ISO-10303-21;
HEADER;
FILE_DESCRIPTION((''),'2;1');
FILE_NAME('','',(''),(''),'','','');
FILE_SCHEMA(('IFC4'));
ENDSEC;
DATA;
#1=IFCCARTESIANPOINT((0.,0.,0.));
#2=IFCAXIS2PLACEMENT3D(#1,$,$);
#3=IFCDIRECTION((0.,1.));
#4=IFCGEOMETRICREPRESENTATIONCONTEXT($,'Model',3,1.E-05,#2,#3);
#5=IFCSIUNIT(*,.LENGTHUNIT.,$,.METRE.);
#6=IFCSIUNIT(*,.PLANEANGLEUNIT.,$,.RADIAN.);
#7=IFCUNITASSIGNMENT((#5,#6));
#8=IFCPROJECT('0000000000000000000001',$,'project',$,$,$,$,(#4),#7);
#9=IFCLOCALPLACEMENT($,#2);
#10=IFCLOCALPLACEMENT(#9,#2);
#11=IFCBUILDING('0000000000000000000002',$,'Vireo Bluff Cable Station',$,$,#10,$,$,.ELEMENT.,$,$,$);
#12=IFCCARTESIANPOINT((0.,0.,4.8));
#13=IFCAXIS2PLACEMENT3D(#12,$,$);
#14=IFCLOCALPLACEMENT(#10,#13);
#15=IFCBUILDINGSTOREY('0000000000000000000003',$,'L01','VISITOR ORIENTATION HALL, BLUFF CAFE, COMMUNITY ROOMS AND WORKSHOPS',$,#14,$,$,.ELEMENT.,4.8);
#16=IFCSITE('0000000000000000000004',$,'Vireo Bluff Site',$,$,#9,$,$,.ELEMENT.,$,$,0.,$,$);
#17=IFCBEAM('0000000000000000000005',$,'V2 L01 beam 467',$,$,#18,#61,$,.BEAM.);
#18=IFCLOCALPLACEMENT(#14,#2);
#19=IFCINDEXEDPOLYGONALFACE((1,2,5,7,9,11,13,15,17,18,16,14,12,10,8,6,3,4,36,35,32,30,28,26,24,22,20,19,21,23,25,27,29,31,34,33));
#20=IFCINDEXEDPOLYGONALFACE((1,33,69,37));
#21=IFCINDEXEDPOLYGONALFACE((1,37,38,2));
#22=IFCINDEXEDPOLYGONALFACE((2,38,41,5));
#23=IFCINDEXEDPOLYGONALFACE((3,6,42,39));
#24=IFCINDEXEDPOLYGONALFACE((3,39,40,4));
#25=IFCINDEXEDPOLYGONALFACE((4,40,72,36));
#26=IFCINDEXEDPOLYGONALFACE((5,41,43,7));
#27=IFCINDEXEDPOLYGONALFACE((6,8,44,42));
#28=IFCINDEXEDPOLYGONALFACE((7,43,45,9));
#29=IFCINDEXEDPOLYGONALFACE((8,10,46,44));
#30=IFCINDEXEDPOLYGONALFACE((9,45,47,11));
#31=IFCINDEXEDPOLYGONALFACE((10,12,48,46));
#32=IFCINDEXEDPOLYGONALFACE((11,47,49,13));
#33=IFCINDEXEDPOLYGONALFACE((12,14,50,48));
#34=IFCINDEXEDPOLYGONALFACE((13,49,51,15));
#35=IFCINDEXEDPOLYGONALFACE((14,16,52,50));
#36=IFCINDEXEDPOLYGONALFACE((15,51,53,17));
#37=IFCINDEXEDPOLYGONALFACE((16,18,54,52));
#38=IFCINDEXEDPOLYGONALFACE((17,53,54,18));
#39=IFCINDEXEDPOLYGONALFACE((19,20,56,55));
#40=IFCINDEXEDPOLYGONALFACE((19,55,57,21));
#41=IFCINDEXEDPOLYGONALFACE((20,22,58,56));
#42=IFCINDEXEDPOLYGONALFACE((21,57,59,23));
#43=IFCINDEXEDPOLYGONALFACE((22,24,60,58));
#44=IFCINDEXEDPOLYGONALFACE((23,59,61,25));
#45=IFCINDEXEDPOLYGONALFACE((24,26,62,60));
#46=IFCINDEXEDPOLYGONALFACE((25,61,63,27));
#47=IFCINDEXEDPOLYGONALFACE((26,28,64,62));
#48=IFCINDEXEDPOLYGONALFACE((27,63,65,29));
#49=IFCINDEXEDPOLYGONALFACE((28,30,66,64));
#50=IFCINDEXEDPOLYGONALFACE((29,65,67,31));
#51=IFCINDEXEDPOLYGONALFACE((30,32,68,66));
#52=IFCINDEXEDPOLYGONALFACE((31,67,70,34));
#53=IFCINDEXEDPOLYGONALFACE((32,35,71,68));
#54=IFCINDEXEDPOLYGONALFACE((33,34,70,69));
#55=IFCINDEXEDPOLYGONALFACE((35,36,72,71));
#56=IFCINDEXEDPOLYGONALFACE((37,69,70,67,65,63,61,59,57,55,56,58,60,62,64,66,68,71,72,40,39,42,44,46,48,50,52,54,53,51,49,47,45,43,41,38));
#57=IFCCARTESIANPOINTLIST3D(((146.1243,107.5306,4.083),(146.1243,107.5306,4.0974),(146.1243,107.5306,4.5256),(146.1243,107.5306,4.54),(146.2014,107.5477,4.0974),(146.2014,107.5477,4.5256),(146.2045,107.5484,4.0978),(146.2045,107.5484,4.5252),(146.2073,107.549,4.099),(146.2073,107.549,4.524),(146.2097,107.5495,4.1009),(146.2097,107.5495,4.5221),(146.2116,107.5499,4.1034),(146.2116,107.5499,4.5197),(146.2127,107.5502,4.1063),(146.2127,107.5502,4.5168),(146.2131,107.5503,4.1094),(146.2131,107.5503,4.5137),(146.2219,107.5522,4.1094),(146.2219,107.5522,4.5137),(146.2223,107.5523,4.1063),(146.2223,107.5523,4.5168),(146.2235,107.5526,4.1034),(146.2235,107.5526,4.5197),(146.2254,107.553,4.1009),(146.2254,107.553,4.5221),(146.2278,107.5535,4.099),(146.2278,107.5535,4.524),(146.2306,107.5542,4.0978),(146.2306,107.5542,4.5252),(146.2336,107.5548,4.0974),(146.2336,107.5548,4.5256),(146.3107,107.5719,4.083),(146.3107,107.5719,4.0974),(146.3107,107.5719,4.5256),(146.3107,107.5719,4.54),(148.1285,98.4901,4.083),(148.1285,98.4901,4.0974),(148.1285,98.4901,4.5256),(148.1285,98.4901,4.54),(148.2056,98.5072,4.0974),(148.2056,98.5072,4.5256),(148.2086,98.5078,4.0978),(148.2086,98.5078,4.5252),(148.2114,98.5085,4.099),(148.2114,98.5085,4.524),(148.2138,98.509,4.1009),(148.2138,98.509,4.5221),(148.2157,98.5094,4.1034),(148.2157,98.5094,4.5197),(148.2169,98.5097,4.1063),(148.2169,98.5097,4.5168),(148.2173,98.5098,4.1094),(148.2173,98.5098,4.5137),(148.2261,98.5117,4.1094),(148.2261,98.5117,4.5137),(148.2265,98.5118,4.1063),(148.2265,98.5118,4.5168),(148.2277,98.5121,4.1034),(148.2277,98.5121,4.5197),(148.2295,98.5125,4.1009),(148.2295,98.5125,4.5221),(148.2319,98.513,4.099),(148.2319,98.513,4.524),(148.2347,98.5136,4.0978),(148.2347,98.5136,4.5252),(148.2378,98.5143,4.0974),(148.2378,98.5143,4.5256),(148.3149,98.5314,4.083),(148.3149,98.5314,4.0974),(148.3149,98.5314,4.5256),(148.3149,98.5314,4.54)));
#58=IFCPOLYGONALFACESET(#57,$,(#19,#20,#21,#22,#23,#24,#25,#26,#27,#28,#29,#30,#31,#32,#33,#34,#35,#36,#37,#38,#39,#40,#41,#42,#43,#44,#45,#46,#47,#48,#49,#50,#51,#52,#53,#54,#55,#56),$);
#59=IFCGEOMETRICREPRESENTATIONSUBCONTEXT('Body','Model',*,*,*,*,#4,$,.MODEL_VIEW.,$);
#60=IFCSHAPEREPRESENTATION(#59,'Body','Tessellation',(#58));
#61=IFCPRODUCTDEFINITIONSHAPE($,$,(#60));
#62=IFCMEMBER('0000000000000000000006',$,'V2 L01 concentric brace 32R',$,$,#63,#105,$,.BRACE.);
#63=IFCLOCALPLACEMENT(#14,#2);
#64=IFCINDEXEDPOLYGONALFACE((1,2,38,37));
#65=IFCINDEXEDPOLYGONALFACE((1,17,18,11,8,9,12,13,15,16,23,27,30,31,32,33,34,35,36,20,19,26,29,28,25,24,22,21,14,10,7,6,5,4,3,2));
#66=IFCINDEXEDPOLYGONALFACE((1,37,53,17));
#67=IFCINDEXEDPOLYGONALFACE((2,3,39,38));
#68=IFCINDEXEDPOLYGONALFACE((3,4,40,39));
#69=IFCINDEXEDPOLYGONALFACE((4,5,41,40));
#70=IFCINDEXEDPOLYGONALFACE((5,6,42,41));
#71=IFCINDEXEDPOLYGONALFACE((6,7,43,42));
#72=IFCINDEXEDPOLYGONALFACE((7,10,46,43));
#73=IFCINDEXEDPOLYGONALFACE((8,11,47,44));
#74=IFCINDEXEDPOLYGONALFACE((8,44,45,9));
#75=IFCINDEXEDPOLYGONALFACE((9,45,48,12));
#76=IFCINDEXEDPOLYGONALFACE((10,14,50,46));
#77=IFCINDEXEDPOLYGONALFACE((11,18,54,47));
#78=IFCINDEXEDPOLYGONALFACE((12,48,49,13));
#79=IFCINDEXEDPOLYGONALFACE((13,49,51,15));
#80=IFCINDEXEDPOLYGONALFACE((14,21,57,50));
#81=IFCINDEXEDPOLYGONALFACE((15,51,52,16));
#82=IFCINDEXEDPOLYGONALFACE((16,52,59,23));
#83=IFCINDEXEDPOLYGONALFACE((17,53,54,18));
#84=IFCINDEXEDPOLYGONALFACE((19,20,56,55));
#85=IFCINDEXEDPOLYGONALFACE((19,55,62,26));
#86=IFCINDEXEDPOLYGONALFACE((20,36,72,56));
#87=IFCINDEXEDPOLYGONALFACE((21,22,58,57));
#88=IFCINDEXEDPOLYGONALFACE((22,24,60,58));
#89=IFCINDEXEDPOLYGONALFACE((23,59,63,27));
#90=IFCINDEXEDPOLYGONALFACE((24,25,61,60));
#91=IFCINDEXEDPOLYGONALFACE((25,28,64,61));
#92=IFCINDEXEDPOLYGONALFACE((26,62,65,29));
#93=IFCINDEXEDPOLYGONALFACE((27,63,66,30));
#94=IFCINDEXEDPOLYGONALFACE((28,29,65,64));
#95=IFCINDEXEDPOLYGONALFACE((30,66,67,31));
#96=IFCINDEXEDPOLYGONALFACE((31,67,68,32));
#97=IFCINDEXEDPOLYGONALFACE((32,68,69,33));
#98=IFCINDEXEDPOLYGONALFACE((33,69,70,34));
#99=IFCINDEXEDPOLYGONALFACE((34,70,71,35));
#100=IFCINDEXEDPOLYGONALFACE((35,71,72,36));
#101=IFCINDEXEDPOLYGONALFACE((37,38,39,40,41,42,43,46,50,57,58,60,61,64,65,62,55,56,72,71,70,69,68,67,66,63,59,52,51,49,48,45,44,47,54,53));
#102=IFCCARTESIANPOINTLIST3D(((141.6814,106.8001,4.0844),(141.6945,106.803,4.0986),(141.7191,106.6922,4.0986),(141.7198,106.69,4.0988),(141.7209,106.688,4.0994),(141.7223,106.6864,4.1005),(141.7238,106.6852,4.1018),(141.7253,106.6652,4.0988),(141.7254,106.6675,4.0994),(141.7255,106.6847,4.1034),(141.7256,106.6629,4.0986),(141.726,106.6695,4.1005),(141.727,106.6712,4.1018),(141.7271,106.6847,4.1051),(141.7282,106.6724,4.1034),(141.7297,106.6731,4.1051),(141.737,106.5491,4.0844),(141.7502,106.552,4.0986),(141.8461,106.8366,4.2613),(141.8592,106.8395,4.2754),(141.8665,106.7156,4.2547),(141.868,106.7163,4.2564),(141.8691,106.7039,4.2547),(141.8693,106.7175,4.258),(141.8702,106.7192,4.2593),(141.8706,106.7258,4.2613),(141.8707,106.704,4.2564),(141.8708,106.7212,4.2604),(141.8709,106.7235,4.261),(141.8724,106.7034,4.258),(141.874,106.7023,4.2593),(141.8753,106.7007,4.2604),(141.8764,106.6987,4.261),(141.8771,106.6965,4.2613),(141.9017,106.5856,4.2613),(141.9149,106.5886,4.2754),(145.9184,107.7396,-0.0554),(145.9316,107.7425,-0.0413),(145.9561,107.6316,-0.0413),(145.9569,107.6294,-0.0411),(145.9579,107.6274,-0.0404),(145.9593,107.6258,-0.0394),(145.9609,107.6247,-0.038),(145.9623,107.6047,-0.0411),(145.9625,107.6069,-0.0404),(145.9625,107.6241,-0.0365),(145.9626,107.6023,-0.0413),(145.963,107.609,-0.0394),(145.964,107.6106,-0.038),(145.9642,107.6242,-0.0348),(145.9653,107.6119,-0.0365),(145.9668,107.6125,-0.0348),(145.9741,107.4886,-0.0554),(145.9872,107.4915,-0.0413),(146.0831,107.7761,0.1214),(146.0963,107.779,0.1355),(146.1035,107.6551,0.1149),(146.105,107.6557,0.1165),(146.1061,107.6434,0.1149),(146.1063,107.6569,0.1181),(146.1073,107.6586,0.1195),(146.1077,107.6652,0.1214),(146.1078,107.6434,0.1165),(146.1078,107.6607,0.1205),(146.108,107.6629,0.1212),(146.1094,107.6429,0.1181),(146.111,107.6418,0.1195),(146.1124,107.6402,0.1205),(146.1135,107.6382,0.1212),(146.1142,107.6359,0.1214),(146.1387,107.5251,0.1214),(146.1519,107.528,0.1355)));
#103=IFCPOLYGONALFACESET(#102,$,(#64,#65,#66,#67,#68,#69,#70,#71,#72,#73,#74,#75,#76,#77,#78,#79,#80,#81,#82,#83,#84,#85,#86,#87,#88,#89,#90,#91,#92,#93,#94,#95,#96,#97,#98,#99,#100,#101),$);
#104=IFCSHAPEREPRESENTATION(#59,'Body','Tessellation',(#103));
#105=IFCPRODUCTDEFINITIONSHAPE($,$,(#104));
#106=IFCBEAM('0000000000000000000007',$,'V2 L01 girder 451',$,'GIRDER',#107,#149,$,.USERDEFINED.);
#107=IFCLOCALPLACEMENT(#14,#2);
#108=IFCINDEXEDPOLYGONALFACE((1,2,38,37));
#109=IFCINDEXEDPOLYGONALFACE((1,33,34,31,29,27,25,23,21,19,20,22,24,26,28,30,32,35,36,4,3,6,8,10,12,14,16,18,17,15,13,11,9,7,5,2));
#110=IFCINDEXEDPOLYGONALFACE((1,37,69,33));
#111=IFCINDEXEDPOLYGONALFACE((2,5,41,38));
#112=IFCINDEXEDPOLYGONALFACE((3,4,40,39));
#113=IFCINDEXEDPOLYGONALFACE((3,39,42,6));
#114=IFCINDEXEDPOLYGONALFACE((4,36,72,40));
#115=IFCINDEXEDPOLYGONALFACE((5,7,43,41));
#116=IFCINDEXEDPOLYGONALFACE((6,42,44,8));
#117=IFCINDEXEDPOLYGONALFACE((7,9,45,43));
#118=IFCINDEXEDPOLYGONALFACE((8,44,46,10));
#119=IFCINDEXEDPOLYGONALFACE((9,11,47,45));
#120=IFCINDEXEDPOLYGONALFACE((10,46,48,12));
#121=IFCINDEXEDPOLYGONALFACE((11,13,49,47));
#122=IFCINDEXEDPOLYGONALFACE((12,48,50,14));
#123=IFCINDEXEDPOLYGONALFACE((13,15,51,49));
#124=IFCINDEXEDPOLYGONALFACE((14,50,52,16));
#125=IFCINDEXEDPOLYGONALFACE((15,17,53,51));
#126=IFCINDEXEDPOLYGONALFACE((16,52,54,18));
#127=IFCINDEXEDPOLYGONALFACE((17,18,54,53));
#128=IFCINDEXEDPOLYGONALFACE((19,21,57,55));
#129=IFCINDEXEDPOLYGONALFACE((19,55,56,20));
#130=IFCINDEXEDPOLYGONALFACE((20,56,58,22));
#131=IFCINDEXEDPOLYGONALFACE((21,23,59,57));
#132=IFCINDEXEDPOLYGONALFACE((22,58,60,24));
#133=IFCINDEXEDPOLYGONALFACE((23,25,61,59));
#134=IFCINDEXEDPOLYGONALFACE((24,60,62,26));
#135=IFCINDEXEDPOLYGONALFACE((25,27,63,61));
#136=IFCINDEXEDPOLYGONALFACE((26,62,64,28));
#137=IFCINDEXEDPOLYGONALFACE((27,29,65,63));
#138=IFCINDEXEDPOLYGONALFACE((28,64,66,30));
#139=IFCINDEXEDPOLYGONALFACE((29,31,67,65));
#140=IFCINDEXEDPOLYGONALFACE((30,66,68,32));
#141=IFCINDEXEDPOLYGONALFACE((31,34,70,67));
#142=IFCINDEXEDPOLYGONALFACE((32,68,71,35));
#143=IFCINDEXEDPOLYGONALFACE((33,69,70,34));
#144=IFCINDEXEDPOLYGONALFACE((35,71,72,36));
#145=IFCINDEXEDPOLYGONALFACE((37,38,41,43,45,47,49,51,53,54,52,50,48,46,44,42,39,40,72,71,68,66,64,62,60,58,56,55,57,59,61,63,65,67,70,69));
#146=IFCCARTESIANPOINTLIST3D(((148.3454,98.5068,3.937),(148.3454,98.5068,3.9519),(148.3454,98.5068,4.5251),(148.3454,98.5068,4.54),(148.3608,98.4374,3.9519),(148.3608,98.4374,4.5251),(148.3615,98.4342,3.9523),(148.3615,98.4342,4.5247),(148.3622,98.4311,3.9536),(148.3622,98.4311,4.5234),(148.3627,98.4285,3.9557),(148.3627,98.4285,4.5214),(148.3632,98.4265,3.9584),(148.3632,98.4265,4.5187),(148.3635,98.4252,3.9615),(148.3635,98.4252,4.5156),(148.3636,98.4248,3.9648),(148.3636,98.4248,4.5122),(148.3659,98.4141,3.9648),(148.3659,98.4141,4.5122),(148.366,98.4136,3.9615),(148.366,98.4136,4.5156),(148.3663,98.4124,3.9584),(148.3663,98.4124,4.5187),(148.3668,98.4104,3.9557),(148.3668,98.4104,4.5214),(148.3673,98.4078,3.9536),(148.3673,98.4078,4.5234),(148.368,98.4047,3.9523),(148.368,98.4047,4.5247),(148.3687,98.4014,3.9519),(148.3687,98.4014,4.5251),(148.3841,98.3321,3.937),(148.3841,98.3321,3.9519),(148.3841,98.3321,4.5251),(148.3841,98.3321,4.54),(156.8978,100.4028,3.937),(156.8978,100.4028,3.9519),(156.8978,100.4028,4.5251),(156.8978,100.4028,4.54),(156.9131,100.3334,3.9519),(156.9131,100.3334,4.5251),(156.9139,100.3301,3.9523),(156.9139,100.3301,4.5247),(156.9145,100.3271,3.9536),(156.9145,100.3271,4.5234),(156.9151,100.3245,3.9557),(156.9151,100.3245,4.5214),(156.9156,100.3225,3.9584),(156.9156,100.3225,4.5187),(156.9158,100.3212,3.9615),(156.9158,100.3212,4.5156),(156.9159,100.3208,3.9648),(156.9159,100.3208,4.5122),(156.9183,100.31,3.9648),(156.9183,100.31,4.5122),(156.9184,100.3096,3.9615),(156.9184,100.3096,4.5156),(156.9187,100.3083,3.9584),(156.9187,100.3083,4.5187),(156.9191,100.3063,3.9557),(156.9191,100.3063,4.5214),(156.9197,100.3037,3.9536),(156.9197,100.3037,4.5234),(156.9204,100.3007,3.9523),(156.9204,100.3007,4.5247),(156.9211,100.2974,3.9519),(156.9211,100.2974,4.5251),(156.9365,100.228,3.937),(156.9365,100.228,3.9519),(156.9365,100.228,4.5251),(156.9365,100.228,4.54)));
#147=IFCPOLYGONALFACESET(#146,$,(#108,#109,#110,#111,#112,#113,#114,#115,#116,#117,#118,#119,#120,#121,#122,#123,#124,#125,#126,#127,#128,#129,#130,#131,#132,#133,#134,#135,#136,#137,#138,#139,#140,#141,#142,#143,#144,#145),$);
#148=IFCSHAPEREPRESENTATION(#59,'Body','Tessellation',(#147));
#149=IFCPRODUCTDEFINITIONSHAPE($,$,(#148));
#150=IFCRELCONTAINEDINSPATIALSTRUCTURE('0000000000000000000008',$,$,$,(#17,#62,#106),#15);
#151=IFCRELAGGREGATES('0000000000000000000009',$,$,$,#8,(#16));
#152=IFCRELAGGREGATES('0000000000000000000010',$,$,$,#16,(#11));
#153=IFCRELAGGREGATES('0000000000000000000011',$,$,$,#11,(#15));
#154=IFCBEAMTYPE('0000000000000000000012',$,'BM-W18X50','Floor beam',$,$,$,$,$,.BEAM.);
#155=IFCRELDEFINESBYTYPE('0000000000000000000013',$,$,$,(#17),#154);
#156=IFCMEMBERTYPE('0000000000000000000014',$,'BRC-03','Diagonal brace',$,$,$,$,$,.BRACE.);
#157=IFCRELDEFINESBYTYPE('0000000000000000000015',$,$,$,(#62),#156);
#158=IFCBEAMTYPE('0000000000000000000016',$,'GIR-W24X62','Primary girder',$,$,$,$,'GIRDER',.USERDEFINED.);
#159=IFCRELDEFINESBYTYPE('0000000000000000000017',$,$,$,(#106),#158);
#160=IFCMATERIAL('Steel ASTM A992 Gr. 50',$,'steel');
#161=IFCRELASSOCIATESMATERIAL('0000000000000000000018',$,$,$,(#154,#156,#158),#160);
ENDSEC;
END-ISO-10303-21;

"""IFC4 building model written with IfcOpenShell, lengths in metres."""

from ifc_helpers import new_model, si_unit, direction, frame, origin, origin_2d, place, context, subcontext, project, spatial, i_section, extrude, material, material_profile, profile_set, type_object, element, save


model = new_model("IFC4")

# Units and contexts
model_context = context("Model", 3, precision=1e-05, world=origin(), true_north=direction((0.0, 1.0)))
body_context = subcontext(model_context, "Body", "Model", "MODEL_VIEW")
ifc_project = project(units=[si_unit("LENGTHUNIT", "METRE"), si_unit("PLANEANGLEUNIT", "RADIAN")], contexts=[model_context])

# Site, building, storey
site_placement = place(None, origin())
site = spatial("IfcSite", under=ifc_project, at=site_placement, Name="Vireo Bluff Site", CompositionType="ELEMENT", RefElevation=0.0)
building_placement = place(site_placement, origin())
building = spatial("IfcBuilding", under=site, at=building_placement, Name="Vireo Bluff Cable Station", CompositionType="ELEMENT")
storey_placement = place(building_placement, frame((0.0, 0.0, 4.8)))
storey = spatial("IfcBuildingStorey", under=building, at=storey_placement, Name="L01", Description="VISITOR ORIENTATION HALL, BLUFF CAFE, COMMUNITY ROOMS AND WORKSHOPS", CompositionType="ELEMENT", Elevation=4.8)

# Shared definitions
ifc_material_1 = material(Name="Steel ASTM A992 Gr. 50", Category="steel")

# Beam
ifc_material_profile_1 = material_profile(ifc_material_1, i_section(OverallWidth=0.1909, OverallDepth=0.457, WebThickness=0.009, FlangeThickness=0.0144, FilletRadius=0.012, at=origin_2d()), Name="W18X50")
ifc_profile_set_1 = profile_set([ifc_material_profile_1], Name="Steel ASTM A992 Gr. 50")
beam_type_1 = type_object("IfcBeamType", Name="BM-W18X50", Description="Floor beam", PredefinedType="BEAM", material=ifc_profile_set_1)
beam_1_placement = place(storey_placement, frame((148.2217, 98.5107, 4.3115), z_axis=(-0.216431, 0.976298, 0.0), x_axis=(-0.976298, -0.216431, 0.0)))
element("IfcBeam", 1, at=beam_1_placement, inside=storey, type_object=beam_type_1, Name="V2 L01 beam 467", PredefinedType="BEAM", context=body_context, shape_type="SweptSolid", body=[
    extrude(i_section(OverallWidth=0.1909, OverallDepth=0.457, WebThickness=0.009, FlangeThickness=0.0144, FilletRadius=0.012, at=origin_2d()), origin(), (0.0, 0.0, 1.0), 9.26),
])

# Member
ifc_material_profile_2 = material_profile(ifc_material_1, i_section(OverallWidth=0.2571, OverallDepth=0.2639, WebThickness=0.012, FlangeThickness=0.0195, FilletRadius=0.009, at=origin_2d()), Name="W10X68")
ifc_profile_set_2 = profile_set([ifc_material_profile_2], Name="Steel ASTM A992 Gr. 50")
member_type = type_object("IfcMemberType", Name="BRC-03", Description="Diagonal brace", PredefinedType="BRACE", material=ifc_profile_set_2)
member_placement = place(storey_placement, frame((146.0352, 107.6338, 0.04), z_axis=(-0.706432, -0.156632, 0.690232), x_axis=(0.216466, -0.97629, 0.0)))
element("IfcMember", 2, at=member_placement, inside=storey, type_object=member_type, Name="V2 L01 concentric brace 32R", PredefinedType="BRACE", context=body_context, shape_type="SweptSolid", body=[
    extrude(i_section(OverallWidth=0.2571, OverallDepth=0.2639, WebThickness=0.012, FlangeThickness=0.0195, FilletRadius=0.009, at=origin_2d()), origin(), (0.0, 0.0, 1.0), 5.9978),
])

# Beam
ifc_material_profile_3 = material_profile(ifc_material_1, i_section(OverallWidth=0.179, OverallDepth=0.603, WebThickness=0.011, FlangeThickness=0.0149, FilletRadius=0.0129, at=origin_2d()), Name="W24X62")
ifc_profile_set_3 = profile_set([ifc_material_profile_3], Name="Steel ASTM A992 Gr. 50")
beam_type_2 = type_object("IfcBeamType", Name="GIR-W24X62", Description="Primary girder", ElementType="GIRDER", PredefinedType="USERDEFINED", material=ifc_profile_set_3)
beam_2_placement = place(storey_placement, frame((148.3647, 98.4194, 4.2385), z_axis=(0.976297, 0.216435, 0.0), x_axis=(-0.216435, 0.976297, 0.0)))
element("IfcBeam", 3, at=beam_2_placement, inside=storey, type_object=beam_type_2, Name="V2 L01 girder 451", ObjectType="GIRDER", PredefinedType="USERDEFINED", context=body_context, shape_type="SweptSolid", body=[
    extrude(i_section(OverallWidth=0.179, OverallDepth=0.603, WebThickness=0.011, FlangeThickness=0.0149, FilletRadius=0.0129, at=origin_2d()), origin(), (0.0, 0.0, 1.0), 8.76),
])

save(model, "model.ifc")
